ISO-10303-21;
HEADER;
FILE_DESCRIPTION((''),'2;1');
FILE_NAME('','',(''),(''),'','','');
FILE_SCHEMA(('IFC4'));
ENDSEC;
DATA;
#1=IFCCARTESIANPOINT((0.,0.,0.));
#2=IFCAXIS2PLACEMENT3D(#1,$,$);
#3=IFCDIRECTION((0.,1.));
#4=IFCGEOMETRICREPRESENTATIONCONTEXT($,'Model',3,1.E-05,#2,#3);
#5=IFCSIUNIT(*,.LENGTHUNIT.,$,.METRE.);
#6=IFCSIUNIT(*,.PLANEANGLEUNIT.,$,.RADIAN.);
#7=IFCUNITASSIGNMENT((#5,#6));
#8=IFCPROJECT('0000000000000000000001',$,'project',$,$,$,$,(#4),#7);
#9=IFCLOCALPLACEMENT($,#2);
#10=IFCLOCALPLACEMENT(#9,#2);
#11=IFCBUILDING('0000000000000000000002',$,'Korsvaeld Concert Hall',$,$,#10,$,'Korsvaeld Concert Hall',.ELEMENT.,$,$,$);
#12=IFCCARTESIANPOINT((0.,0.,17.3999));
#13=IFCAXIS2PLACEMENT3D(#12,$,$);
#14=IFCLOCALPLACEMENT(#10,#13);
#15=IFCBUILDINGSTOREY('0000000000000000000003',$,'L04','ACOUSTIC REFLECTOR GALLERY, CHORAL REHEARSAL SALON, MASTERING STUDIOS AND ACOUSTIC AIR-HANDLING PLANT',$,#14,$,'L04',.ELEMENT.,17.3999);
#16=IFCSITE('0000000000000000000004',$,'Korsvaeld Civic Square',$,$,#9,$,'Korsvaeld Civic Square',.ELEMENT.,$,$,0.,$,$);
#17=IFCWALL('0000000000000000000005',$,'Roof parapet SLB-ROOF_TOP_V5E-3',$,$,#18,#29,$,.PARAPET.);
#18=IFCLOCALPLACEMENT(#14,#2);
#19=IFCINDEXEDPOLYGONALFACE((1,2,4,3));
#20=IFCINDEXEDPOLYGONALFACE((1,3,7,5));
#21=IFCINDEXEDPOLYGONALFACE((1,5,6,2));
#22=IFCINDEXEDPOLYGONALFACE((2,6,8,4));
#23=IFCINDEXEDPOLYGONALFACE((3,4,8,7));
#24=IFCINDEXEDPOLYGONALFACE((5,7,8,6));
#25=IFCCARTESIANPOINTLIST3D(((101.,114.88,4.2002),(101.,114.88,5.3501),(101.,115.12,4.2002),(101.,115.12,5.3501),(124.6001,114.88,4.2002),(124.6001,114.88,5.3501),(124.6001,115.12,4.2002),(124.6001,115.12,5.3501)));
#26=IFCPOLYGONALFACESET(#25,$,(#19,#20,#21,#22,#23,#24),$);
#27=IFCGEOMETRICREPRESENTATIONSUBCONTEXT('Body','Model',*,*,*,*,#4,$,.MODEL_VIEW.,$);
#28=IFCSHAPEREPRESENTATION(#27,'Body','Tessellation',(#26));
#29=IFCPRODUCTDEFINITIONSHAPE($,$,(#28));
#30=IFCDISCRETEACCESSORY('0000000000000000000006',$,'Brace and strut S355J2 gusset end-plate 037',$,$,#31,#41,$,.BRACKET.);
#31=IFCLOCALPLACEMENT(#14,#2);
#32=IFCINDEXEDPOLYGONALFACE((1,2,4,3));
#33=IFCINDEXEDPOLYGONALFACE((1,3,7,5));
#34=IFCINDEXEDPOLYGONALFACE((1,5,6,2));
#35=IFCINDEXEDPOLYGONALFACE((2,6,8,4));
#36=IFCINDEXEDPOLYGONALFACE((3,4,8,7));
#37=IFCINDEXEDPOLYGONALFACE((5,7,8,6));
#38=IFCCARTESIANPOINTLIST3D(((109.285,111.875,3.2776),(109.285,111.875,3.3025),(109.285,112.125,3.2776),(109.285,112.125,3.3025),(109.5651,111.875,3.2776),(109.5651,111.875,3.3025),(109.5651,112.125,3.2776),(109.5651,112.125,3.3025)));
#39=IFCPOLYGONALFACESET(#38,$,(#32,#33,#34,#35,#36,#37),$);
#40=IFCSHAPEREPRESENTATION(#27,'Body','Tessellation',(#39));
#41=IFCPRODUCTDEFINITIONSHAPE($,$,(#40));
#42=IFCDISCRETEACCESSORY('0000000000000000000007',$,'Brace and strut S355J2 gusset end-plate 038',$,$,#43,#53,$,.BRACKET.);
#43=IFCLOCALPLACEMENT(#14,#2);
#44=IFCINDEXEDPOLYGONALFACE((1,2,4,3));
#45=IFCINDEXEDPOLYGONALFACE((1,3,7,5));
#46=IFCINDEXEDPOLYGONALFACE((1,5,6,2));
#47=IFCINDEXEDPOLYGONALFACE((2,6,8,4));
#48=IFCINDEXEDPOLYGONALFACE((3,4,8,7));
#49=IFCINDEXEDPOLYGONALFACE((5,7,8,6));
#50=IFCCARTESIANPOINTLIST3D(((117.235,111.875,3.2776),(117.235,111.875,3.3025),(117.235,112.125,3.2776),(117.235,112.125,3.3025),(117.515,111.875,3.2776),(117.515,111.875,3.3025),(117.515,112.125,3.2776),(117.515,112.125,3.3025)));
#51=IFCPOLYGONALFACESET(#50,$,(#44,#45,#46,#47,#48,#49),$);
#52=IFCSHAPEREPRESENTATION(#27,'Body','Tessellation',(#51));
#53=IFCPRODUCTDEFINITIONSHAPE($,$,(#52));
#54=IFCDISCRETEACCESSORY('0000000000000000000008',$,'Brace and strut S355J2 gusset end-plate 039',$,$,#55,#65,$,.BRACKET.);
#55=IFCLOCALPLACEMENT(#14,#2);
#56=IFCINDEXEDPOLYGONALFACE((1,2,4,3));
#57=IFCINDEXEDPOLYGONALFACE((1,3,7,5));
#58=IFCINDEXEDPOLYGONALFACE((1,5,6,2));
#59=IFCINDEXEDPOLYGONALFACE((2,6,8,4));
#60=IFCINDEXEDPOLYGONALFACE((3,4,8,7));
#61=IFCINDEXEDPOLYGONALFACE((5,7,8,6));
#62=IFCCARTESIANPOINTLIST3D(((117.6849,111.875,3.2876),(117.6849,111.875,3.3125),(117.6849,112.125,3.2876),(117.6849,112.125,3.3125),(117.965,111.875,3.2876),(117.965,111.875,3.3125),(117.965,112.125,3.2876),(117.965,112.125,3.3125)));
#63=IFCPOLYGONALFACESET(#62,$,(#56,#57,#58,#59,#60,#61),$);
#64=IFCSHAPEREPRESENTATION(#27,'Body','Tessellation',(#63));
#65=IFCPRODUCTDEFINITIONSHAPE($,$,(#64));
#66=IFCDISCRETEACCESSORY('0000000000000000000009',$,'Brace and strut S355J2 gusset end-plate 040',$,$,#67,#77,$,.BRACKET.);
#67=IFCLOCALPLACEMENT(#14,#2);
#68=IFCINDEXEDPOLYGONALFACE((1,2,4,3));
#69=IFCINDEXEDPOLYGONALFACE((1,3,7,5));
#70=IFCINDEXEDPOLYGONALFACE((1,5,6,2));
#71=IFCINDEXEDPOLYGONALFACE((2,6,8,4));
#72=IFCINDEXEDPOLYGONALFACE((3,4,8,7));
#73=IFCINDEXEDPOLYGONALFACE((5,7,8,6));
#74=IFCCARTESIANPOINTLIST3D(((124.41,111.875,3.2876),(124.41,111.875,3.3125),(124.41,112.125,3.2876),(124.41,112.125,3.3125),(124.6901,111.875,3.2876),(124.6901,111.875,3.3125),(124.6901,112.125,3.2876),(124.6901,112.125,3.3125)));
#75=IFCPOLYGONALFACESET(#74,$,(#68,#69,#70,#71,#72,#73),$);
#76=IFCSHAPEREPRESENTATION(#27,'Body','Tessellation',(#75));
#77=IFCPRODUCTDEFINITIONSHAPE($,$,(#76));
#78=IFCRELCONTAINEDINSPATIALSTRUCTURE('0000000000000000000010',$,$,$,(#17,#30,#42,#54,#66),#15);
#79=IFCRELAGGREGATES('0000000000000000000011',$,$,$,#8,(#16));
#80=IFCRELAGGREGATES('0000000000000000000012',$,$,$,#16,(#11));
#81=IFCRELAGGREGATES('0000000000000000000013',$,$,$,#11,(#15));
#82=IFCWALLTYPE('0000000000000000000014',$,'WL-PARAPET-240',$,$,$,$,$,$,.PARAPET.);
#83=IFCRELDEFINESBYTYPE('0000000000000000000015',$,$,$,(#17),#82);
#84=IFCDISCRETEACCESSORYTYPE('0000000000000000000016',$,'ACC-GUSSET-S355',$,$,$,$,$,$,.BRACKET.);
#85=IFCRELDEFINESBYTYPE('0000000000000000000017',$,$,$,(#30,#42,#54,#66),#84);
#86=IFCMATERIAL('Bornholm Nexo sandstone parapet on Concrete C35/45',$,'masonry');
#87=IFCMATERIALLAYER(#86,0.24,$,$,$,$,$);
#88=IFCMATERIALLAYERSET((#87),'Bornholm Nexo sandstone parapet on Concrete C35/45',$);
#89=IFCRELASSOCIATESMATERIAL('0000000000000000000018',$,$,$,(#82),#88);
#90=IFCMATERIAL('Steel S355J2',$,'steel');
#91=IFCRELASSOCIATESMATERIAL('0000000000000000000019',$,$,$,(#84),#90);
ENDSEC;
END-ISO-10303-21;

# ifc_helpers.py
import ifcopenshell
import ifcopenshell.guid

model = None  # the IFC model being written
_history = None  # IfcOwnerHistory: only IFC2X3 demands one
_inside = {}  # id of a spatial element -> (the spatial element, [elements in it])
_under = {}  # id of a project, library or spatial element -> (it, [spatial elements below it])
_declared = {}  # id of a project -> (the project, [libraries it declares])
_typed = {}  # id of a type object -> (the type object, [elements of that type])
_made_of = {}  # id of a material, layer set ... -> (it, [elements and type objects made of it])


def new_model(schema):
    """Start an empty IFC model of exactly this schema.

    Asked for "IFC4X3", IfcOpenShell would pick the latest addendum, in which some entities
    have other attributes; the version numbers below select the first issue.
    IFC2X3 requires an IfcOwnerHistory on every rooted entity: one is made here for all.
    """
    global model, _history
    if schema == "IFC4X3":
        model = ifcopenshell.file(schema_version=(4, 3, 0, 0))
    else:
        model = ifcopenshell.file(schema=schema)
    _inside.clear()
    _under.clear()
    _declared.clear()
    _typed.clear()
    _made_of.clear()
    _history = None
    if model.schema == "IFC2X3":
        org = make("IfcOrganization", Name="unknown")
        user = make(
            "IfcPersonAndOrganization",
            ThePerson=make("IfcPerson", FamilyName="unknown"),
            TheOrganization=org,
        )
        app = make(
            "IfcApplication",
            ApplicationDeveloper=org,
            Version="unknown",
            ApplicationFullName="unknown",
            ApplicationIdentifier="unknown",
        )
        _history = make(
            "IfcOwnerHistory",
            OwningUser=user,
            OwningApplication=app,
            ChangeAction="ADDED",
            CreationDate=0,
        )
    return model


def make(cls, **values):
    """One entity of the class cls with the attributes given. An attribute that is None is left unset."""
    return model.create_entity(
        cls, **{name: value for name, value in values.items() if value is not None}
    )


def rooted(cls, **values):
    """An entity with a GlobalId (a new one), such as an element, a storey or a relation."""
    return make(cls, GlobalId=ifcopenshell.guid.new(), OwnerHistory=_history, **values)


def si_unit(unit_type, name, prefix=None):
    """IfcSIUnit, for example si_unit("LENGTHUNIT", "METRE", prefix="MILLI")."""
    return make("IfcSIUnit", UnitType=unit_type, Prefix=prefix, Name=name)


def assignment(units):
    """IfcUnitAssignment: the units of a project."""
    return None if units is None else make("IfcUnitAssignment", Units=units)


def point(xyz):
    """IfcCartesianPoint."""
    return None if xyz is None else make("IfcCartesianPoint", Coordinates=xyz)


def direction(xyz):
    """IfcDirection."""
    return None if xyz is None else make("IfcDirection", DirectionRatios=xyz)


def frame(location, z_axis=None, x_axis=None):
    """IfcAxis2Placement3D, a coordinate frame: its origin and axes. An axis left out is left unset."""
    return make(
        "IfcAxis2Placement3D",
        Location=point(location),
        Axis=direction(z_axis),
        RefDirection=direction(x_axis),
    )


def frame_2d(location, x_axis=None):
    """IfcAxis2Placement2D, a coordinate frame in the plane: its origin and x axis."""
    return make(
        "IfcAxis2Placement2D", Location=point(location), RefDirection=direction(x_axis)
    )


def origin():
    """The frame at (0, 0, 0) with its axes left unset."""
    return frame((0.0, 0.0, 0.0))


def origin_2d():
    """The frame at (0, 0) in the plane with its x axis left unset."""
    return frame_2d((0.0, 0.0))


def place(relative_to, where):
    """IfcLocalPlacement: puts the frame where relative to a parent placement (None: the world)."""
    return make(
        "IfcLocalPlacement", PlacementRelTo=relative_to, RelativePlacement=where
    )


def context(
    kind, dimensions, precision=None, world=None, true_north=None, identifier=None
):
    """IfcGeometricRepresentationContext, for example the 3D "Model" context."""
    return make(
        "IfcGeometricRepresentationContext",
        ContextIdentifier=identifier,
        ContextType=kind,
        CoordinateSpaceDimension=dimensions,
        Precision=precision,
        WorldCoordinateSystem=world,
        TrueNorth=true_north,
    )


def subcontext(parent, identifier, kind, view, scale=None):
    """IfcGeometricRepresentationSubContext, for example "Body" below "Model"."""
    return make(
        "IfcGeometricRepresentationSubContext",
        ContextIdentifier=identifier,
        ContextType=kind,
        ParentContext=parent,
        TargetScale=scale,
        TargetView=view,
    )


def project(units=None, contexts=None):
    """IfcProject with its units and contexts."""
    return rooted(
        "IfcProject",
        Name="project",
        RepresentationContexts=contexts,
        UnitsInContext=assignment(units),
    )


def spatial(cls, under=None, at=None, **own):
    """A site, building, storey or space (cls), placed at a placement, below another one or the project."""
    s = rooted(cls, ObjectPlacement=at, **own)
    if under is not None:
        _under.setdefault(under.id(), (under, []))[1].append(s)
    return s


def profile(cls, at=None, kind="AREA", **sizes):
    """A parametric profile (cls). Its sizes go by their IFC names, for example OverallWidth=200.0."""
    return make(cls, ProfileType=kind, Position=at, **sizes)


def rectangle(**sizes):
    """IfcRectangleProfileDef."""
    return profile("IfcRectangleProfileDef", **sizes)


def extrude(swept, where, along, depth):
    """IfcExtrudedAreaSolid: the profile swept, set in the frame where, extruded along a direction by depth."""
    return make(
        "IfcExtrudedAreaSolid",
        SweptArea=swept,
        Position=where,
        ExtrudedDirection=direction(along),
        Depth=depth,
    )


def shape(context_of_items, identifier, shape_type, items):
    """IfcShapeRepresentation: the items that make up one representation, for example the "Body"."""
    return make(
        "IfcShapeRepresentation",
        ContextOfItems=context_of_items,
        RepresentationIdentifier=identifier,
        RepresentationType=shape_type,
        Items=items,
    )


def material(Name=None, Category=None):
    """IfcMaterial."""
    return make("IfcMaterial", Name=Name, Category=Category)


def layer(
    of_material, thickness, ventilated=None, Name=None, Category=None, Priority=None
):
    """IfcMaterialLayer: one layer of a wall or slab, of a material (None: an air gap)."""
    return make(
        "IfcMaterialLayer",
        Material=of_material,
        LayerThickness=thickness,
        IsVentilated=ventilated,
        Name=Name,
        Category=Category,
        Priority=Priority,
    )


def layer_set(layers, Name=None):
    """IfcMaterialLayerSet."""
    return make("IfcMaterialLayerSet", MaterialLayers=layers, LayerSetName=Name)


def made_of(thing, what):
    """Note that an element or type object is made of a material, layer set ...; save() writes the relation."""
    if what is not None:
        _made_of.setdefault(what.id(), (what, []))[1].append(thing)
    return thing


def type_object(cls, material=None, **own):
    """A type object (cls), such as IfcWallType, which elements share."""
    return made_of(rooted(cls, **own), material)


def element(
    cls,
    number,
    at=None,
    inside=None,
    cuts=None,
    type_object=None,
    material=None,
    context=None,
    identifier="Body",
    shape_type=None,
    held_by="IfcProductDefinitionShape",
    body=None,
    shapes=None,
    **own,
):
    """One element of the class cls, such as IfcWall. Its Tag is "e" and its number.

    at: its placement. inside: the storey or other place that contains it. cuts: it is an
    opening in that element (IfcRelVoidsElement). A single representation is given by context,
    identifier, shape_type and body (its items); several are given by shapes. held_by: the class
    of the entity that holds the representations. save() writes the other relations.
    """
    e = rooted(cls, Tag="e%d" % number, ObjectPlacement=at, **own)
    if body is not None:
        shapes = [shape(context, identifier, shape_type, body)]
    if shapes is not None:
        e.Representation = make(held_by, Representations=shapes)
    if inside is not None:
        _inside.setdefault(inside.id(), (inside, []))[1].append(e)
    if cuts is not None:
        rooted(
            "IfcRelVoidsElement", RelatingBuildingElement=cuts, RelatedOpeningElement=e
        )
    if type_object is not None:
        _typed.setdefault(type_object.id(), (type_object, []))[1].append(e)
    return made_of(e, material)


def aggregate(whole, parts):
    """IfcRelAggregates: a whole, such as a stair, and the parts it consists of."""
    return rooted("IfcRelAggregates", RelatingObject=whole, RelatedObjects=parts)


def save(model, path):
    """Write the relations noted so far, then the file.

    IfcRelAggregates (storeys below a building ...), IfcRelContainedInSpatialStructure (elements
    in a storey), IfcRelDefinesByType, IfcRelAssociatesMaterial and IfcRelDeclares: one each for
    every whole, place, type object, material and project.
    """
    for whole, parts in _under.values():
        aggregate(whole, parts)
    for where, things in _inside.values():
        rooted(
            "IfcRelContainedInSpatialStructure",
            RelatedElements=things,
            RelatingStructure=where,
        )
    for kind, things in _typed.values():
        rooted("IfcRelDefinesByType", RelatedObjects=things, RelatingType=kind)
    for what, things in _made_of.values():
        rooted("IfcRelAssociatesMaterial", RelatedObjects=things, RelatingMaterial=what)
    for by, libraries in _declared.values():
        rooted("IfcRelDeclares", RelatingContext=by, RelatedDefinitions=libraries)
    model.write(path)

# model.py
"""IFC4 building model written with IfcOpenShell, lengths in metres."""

from ifc_helpers import new_model, si_unit, direction, frame, frame_2d, origin, origin_2d, place, context, subcontext, project, spatial, rectangle, extrude, material, layer, layer_set, type_object, element, save


model = new_model("IFC4")

# Units and contexts
model_context = context("Model", 3, precision=1e-05, world=origin(), true_north=direction((0.0, 1.0)))
body_context = subcontext(model_context, "Body", "Model", "MODEL_VIEW")
ifc_project = project(units=[si_unit("LENGTHUNIT", "METRE"), si_unit("PLANEANGLEUNIT", "RADIAN")], contexts=[model_context])

# Site, building, storey
site_placement = place(None, origin())
site = spatial("IfcSite", under=ifc_project, at=site_placement, Name="Korsvaeld Civic Square", LongName="Korsvaeld Civic Square", CompositionType="ELEMENT", RefElevation=0.0)
building_placement = place(site_placement, origin())
building = spatial("IfcBuilding", under=site, at=building_placement, Name="Korsvaeld Concert Hall", LongName="Korsvaeld Concert Hall", CompositionType="ELEMENT")
storey_placement = place(building_placement, frame((0.0, 0.0, 17.3999)))
storey = spatial("IfcBuildingStorey", under=building, at=storey_placement, Name="L04", Description="ACOUSTIC REFLECTOR GALLERY, CHORAL REHEARSAL SALON, MASTERING STUDIOS AND ACOUSTIC AIR-HANDLING PLANT", LongName="L04", CompositionType="ELEMENT", Elevation=17.3999)

# Shared definitions
ifc_material_1 = material(Name="Steel S355J2", Category="steel")

# Wall
ifc_material_2 = material(Name="Bornholm Nexo sandstone parapet on Concrete C35/45", Category="masonry")
ifc_layer_1 = layer(ifc_material_2, 0.24)
ifc_layer_set_1 = layer_set([ifc_layer_1], Name="Bornholm Nexo sandstone parapet on Concrete C35/45")
wall_type_1 = type_object("IfcWallType", Name="WL-PARAPET-240", PredefinedType="PARAPET", material=ifc_layer_set_1)
wall_1_placement = place(storey_placement, frame((124.6001, 115.0, 4.2002), z_axis=(0.0, 0.0, 1.0), x_axis=(-1.0, 0.0, 0.0)))
element("IfcWall", 1, at=wall_1_placement, inside=storey, type_object=wall_type_1, Name="Roof parapet SLB-ROOF_TOP_V5E-3", PredefinedType="PARAPET", context=body_context, shape_type="SweptSolid", body=[
    extrude(rectangle(XDim=23.6001, YDim=0.24, at=frame_2d((11.8, 0.0))), origin(), (0.0, 0.0, 1.0), 1.1499),
])

# Discrete accessories
discrete_accessory_type = type_object("IfcDiscreteAccessoryType", Name="ACC-GUSSET-S355", PredefinedType="BRACKET", material=ifc_material_1)
for number, where, z_axis, x_axis, name in (
    (2, (109.425, 112.0, 3.2776), (0.0, 0.0, 1.0), (1.0, 0.0, 0.0), "Brace and strut S355J2 gusset end-plate 037"),
    (3, (117.375, 112.0, 3.2776), (0.0, 0.0, 1.0), (1.0, 0.0, 0.0), "Brace and strut S355J2 gusset end-plate 038"),
    (4, (117.825, 112.0, 3.2876), (0.0, 0.0, 1.0), (1.0, 0.0, 0.0), "Brace and strut S355J2 gusset end-plate 039"),
    (5, (124.55, 112.0, 3.2876), (0.0, 0.0, 1.0), (1.0, 0.0, 0.0), "Brace and strut S355J2 gusset end-plate 040"),
):
    element("IfcDiscreteAccessory", number, at=place(storey_placement, frame(where, z_axis=z_axis, x_axis=x_axis)), inside=storey, type_object=discrete_accessory_type, Name=name, PredefinedType="BRACKET", context=body_context, shape_type="SweptSolid", body=[
        extrude(rectangle(XDim=0.28, YDim=0.25, at=origin_2d()), origin(), (0.0, 0.0, 1.0), 0.0249),
    ])

save(model, "model.ifc")
